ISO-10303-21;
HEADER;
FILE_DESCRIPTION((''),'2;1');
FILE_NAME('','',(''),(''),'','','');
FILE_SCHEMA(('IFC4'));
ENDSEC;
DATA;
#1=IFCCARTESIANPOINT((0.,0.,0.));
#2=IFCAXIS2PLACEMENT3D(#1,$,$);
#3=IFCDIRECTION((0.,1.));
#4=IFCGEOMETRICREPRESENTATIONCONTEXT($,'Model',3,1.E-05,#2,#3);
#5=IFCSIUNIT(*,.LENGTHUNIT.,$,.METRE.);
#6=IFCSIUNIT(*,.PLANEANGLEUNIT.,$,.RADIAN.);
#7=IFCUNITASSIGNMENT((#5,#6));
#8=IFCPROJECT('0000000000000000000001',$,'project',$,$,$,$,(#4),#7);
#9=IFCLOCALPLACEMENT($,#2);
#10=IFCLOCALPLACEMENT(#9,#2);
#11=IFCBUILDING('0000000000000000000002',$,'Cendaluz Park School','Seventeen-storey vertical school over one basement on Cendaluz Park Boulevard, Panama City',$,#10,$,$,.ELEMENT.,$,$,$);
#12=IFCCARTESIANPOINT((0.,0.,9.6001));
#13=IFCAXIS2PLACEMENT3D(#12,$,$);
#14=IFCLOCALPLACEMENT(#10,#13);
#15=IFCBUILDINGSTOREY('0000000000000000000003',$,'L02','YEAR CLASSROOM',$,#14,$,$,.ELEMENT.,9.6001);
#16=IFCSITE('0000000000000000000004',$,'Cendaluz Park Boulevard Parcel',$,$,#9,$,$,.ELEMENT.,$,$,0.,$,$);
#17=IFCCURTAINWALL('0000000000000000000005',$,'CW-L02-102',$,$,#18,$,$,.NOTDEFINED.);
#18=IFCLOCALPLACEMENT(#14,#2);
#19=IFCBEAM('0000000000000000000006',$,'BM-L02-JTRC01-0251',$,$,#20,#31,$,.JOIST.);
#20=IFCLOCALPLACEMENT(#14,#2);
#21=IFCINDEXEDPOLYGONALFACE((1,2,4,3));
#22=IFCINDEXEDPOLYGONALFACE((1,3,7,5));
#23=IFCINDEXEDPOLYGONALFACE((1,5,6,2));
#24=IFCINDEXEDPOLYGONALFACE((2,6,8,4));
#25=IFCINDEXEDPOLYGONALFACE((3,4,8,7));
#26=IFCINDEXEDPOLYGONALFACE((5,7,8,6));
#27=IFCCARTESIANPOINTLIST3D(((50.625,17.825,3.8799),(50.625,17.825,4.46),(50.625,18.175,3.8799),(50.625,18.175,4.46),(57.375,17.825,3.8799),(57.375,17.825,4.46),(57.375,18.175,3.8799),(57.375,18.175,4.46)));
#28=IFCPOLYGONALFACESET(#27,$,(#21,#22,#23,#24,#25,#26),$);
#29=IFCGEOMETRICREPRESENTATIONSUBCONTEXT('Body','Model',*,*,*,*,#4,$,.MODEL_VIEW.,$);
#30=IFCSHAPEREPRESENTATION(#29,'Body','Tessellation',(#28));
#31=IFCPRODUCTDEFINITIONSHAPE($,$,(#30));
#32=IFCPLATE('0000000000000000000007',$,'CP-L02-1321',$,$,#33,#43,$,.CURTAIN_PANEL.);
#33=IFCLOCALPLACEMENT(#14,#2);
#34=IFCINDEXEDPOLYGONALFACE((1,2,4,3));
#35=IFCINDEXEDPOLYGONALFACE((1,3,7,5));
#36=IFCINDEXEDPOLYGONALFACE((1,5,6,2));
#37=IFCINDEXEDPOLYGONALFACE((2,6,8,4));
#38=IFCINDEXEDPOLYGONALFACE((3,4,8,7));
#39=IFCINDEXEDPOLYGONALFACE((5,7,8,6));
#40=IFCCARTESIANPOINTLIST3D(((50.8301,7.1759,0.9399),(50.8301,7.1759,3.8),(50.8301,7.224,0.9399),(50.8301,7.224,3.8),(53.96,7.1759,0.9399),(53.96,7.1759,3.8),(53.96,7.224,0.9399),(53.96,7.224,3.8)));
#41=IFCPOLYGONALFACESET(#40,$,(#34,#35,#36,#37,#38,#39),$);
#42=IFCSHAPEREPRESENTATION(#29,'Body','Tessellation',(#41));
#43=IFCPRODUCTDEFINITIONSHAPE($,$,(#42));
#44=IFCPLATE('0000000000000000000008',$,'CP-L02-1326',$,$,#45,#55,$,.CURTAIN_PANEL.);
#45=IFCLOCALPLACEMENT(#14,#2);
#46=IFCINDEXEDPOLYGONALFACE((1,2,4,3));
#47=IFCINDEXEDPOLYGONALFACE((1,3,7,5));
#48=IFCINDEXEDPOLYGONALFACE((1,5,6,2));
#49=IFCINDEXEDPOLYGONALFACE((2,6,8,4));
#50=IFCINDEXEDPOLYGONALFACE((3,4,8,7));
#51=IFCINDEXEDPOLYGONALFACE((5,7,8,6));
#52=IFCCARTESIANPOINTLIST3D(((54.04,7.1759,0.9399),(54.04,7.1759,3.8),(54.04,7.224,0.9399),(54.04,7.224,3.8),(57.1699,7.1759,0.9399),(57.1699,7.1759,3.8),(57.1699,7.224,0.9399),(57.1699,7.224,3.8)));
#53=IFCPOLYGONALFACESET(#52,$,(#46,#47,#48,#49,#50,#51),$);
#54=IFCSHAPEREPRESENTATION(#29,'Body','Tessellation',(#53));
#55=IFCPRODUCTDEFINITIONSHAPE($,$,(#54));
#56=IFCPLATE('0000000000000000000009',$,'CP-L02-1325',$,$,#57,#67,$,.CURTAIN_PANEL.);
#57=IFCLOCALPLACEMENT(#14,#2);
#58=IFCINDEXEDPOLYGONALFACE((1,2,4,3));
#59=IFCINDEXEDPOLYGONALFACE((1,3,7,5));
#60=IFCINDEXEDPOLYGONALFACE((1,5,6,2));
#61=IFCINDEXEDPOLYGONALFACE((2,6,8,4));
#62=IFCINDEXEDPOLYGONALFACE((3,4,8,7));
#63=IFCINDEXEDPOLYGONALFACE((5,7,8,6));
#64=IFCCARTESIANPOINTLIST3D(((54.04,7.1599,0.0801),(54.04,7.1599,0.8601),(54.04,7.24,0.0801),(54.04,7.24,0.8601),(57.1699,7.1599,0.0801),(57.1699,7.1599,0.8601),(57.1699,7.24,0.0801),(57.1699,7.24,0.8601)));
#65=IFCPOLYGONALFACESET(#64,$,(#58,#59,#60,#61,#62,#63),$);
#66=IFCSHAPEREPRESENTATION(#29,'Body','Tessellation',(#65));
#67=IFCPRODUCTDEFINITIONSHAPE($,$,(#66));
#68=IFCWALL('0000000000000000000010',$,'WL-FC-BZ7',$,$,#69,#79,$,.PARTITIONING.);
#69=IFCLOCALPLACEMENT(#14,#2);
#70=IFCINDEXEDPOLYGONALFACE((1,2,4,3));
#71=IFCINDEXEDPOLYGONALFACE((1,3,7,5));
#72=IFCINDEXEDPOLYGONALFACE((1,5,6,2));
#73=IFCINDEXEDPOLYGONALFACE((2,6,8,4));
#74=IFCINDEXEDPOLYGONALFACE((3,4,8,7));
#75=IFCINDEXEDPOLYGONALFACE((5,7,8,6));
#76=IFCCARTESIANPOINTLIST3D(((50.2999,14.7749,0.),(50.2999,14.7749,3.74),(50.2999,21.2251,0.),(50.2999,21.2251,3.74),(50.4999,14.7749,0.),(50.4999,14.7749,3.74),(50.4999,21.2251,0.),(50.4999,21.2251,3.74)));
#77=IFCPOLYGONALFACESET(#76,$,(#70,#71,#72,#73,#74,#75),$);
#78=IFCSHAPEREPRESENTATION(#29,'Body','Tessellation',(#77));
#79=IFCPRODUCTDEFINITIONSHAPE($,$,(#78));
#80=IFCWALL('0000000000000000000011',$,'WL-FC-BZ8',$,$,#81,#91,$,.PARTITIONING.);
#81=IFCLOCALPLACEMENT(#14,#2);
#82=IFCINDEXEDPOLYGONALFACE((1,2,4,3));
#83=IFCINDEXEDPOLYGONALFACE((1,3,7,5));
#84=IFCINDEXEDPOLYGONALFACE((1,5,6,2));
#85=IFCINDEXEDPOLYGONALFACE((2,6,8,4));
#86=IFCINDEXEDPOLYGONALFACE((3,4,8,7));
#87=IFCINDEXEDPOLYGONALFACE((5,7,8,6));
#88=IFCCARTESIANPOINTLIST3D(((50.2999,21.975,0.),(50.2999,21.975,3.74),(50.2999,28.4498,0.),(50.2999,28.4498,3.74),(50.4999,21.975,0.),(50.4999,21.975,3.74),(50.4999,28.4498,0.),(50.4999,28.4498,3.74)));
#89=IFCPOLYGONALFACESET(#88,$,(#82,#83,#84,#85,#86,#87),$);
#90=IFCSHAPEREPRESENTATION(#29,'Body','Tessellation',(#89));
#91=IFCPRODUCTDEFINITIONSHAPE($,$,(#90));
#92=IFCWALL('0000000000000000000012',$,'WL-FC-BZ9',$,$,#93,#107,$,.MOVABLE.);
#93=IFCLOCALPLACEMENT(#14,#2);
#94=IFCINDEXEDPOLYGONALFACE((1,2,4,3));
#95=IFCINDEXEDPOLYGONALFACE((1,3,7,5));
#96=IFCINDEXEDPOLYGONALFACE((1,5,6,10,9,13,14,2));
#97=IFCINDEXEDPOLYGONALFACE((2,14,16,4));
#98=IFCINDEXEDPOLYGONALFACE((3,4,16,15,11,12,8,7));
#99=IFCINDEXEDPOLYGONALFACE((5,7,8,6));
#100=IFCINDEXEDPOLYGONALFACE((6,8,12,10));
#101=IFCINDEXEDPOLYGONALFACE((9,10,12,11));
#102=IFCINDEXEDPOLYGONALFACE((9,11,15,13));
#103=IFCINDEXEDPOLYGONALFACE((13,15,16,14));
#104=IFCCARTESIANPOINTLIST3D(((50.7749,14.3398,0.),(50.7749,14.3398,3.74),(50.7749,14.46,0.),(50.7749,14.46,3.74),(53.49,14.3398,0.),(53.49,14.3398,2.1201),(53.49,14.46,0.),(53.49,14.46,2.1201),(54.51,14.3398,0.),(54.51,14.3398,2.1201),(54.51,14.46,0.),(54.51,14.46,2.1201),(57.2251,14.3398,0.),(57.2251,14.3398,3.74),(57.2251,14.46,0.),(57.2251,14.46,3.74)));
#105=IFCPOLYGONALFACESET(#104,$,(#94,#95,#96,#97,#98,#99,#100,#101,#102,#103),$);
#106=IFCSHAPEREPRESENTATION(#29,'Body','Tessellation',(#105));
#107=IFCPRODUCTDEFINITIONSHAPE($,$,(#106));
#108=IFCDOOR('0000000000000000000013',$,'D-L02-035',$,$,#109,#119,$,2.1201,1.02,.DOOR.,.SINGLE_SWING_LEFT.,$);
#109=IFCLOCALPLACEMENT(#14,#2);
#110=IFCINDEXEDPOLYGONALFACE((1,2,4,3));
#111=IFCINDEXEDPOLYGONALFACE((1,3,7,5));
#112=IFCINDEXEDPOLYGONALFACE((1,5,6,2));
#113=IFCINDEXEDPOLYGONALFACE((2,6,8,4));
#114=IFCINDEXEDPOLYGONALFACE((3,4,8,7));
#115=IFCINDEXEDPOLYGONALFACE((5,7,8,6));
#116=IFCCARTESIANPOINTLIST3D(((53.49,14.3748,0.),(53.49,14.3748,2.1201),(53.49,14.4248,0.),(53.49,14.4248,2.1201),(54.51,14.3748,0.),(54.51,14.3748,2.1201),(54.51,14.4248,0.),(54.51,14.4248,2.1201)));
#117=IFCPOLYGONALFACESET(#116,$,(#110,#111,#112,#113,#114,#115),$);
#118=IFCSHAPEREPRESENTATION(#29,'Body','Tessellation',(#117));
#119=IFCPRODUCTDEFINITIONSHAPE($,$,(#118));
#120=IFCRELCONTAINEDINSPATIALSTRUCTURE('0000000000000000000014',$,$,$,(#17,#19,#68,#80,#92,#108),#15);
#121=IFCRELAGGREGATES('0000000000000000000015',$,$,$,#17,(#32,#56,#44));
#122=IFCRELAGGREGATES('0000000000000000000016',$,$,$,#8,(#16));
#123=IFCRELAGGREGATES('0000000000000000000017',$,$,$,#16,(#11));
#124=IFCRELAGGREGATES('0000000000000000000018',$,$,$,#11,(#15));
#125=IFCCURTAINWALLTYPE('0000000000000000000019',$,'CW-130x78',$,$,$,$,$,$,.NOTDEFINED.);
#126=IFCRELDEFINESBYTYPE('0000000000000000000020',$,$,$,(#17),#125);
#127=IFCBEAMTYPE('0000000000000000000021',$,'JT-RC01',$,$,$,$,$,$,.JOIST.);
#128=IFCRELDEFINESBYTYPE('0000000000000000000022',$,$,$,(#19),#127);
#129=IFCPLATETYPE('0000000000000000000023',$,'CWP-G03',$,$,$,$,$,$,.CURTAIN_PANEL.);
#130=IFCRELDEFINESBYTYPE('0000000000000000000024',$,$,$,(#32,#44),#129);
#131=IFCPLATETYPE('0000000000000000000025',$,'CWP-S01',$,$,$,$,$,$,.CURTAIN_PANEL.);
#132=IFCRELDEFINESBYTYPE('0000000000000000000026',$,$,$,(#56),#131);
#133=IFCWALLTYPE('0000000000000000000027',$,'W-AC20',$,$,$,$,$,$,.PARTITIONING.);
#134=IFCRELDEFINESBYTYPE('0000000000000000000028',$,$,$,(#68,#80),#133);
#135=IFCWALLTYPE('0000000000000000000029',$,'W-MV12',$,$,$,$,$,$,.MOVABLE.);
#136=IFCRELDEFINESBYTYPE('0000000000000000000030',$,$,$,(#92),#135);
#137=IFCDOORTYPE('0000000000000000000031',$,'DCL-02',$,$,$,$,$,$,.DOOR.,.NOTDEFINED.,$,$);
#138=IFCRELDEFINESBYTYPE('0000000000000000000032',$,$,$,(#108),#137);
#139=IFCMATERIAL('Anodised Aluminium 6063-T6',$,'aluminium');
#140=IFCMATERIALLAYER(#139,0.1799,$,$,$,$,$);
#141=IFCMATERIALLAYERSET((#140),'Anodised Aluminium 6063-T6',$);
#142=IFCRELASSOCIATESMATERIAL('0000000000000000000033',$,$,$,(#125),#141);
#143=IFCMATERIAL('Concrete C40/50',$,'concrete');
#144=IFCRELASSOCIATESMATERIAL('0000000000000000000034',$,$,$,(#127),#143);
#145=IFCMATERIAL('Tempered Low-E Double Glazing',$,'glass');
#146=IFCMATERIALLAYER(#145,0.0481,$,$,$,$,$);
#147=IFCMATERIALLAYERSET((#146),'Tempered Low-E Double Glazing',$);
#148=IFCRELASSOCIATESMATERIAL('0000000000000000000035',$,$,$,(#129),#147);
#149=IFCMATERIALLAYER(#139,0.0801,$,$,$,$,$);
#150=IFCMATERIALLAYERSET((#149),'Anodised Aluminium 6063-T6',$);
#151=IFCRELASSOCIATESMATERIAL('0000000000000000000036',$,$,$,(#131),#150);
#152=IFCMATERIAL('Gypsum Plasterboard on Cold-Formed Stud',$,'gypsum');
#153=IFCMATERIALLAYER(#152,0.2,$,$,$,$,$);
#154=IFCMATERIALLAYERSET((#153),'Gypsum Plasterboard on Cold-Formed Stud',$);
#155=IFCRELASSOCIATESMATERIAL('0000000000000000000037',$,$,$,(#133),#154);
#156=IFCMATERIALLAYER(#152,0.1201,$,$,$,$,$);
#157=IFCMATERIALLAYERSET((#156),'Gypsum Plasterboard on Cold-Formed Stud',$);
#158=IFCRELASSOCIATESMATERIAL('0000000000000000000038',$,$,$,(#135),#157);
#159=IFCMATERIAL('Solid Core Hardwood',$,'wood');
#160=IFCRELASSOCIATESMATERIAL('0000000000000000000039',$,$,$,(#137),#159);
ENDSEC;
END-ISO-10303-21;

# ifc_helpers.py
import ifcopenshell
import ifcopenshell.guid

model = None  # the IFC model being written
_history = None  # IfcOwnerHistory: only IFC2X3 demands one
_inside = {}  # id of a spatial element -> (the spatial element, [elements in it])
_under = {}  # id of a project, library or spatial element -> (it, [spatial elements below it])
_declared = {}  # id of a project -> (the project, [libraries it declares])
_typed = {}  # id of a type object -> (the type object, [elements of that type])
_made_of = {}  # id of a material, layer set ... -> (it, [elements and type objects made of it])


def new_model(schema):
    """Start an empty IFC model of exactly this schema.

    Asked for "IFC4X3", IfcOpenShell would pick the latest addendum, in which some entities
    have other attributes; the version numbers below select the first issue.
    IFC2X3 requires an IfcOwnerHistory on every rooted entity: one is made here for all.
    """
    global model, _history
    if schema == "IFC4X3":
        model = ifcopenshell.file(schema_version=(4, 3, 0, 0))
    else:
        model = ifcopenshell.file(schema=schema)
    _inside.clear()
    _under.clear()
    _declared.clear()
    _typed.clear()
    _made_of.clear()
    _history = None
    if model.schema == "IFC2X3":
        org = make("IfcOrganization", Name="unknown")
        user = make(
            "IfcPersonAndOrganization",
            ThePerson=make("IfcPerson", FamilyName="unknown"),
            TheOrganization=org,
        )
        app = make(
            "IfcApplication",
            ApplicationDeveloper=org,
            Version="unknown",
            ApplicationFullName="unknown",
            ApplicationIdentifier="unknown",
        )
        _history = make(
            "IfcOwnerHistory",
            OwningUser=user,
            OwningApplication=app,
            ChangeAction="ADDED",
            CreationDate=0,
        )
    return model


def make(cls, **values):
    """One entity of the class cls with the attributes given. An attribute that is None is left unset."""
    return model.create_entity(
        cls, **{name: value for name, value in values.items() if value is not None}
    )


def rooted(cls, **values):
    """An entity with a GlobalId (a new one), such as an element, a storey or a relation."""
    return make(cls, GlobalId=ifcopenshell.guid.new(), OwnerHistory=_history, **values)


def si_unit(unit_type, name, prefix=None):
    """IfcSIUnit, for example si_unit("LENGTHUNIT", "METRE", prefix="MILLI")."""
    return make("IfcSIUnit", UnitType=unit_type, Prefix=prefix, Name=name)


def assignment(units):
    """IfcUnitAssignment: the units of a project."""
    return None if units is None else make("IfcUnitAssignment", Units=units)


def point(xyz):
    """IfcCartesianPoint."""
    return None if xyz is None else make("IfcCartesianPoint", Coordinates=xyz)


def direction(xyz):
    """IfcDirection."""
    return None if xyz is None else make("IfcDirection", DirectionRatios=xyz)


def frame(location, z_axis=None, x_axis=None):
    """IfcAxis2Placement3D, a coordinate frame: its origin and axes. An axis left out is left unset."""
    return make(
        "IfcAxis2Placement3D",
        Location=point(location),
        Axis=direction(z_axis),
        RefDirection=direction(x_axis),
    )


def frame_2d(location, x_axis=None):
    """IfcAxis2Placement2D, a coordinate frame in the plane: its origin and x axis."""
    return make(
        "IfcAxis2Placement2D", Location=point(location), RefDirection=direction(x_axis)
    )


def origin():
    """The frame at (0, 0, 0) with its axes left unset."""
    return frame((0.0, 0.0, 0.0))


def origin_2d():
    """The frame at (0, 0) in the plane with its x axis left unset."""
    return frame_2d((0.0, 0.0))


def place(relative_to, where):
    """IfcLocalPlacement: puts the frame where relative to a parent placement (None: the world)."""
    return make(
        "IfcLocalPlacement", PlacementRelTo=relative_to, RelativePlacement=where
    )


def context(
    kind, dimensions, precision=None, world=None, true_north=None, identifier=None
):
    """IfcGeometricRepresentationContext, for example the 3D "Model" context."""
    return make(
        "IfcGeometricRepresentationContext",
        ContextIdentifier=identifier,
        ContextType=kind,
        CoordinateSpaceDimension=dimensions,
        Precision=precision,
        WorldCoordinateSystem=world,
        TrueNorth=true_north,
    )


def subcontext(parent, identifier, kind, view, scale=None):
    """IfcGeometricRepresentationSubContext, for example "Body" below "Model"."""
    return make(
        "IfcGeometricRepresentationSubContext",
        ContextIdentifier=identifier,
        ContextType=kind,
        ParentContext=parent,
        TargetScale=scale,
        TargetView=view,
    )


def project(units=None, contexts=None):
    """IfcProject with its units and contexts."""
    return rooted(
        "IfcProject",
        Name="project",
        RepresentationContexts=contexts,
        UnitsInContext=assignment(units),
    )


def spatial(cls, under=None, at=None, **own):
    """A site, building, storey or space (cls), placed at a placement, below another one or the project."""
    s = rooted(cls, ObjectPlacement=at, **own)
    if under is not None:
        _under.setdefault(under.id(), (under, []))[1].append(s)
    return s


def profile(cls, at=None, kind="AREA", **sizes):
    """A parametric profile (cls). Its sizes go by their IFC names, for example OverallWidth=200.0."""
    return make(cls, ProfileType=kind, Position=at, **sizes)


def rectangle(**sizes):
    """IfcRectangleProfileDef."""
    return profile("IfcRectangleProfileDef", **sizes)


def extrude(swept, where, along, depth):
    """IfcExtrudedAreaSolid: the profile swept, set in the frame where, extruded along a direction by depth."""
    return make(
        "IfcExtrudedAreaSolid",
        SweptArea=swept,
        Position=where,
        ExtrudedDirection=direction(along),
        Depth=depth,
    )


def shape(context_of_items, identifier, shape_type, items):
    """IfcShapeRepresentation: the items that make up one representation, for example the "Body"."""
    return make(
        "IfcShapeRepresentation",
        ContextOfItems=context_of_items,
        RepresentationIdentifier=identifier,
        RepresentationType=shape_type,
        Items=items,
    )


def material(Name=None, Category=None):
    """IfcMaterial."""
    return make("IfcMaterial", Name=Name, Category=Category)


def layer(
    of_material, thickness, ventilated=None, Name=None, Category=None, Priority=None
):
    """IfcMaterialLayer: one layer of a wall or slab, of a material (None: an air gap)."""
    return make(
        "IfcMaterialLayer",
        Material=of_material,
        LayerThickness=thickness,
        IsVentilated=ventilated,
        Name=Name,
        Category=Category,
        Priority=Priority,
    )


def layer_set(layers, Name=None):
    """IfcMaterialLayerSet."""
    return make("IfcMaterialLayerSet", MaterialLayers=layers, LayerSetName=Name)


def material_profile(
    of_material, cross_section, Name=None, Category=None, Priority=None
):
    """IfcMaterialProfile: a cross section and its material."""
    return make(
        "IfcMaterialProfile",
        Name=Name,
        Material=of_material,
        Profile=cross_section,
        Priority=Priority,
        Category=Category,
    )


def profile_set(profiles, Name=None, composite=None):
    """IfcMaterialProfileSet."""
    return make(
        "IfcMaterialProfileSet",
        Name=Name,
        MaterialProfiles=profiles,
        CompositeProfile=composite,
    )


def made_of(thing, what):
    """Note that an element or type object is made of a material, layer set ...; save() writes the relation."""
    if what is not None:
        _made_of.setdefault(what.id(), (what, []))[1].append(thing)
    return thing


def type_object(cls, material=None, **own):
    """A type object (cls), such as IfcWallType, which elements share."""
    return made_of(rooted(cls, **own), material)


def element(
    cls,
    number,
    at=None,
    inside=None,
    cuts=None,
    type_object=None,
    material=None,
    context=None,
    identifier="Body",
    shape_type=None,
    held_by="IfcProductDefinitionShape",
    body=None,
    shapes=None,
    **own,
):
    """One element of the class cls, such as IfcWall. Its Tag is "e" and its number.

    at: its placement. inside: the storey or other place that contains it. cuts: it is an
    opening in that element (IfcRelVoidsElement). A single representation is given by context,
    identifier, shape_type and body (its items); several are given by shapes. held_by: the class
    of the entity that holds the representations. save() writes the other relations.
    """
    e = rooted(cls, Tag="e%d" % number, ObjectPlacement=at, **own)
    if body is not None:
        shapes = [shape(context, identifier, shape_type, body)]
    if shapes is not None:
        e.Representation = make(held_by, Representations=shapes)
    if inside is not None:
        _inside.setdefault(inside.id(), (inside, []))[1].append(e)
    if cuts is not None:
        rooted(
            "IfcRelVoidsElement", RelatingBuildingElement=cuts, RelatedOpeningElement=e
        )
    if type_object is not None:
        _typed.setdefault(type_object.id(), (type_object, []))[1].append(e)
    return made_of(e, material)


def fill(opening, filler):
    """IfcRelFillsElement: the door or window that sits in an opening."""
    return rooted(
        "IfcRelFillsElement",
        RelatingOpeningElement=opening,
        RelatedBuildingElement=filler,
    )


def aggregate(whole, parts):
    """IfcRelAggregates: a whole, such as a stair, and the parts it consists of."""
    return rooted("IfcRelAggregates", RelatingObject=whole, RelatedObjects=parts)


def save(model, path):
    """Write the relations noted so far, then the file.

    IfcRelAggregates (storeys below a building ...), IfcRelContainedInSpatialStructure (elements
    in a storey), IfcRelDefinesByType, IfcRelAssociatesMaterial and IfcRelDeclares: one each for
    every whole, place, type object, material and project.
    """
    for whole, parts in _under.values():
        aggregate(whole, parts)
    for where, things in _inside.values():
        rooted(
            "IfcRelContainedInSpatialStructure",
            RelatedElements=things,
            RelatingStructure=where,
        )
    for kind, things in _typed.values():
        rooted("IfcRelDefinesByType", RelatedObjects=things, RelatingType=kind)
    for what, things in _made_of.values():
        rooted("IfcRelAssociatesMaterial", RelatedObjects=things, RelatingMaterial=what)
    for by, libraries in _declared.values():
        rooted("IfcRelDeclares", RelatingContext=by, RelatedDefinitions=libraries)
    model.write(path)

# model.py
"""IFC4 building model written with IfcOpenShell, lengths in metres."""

from ifc_helpers import new_model, si_unit, direction, frame, frame_2d, origin, origin_2d, place, context, subcontext, project, spatial, rectangle, extrude, material, layer, layer_set, material_profile, profile_set, type_object, element, fill, aggregate, save


model = new_model("IFC4")

# Units and contexts
model_context = context("Model", 3, precision=1e-05, world=origin(), true_north=direction((0.0, 1.0)))
body_context = subcontext(model_context, "Body", "Model", "MODEL_VIEW")
ifc_project = project(units=[si_unit("LENGTHUNIT", "METRE"), si_unit("PLANEANGLEUNIT", "RADIAN")], contexts=[model_context])

# Site, building, storey
site_placement = place(None, origin())
site = spatial("IfcSite", under=ifc_project, at=site_placement, Name="Cendaluz Park Boulevard Parcel", CompositionType="ELEMENT", RefElevation=0.0)
building_placement = place(site_placement, origin())
building = spatial("IfcBuilding", under=site, at=building_placement, Name="Cendaluz Park School", Description="Seventeen-storey vertical school over one basement on Cendaluz Park Boulevard, Panama City", CompositionType="ELEMENT")
storey_placement = place(building_placement, frame((0.0, 0.0, 9.6001)))
storey = spatial("IfcBuildingStorey", under=building, at=storey_placement, Name="L02", Description="YEAR CLASSROOM", CompositionType="ELEMENT", Elevation=9.6001)

# Shared definitions
ifc_material_1 = material(Name="Concrete C40/50", Category="concrete")

# Curtain wall
ifc_material_2 = material(Name="Anodised Aluminium 6063-T6", Category="aluminium")
ifc_layer_1 = layer(ifc_material_2, 0.1799)
ifc_layer_set_1 = layer_set([ifc_layer_1], Name="Anodised Aluminium 6063-T6")
curtain_wall_type = type_object("IfcCurtainWallType", Name="CW-130x78", PredefinedType="NOTDEFINED", material=ifc_layer_set_1)
curtain_wall_placement = place(storey_placement, origin())
curtain_wall = element("IfcCurtainWall", 1, at=curtain_wall_placement, inside=storey, type_object=curtain_wall_type, Name="CW-L02-102", PredefinedType="NOTDEFINED")

# Beam
ifc_material_profile_1 = material_profile(ifc_material_1, rectangle(XDim=0.3501, YDim=0.5801, at=origin_2d()), Name="RC 350x580", Category="concrete")
ifc_profile_set_1 = profile_set([ifc_material_profile_1], Name="Concrete C40/50")
beam_type_1 = type_object("IfcBeamType", Name="JT-RC01", PredefinedType="JOIST", material=ifc_profile_set_1)
beam_1_placement = place(storey_placement, frame((50.625, 18.0, 4.1699), z_axis=(1.0, 0.0, 0.0), x_axis=(0.0, 1.0, 0.0)))
element("IfcBeam", 2, at=beam_1_placement, inside=storey, type_object=beam_type_1, Name="BM-L02-JTRC01-0251", PredefinedType="JOIST", context=body_context, shape_type="SweptSolid", body=[
    extrude(rectangle(XDim=0.3501, YDim=0.5801, at=origin_2d()), origin(), (0.0, 0.0, 1.0), 6.75),
])

# Plates
ifc_material_3 = material(Name="Tempered Low-E Double Glazing", Category="glass")
ifc_layer_2 = layer(ifc_material_3, 0.0481)
ifc_layer_set_2 = layer_set([ifc_layer_2], Name="Tempered Low-E Double Glazing")
plate_type_1 = type_object("IfcPlateType", Name="CWP-G03", PredefinedType="CURTAIN_PANEL", material=ifc_layer_set_2)
plate_1_placement = place(storey_placement, frame((52.395, 7.2, 0.9399), z_axis=(0.0, 0.0, 1.0), x_axis=(1.0, 0.0, 0.0)))
plate_1 = element("IfcPlate", 3, at=plate_1_placement, type_object=plate_type_1, Name="CP-L02-1321", PredefinedType="CURTAIN_PANEL", context=body_context, shape_type="SweptSolid", body=[
    extrude(rectangle(XDim=3.1299, YDim=0.0481, at=origin_2d()), origin(), (0.0, 0.0, 1.0), 2.8601),
])
plate_2_placement = place(storey_placement, frame((55.605, 7.2, 0.9399), z_axis=(0.0, 0.0, 1.0), x_axis=(1.0, 0.0, 0.0)))
plate_2 = element("IfcPlate", 4, at=plate_2_placement, type_object=plate_type_1, Name="CP-L02-1326", PredefinedType="CURTAIN_PANEL", context=body_context, shape_type="SweptSolid", body=[
    extrude(rectangle(XDim=3.1299, YDim=0.0481, at=origin_2d()), origin(), (0.0, 0.0, 1.0), 2.8601),
])
ifc_layer_3 = layer(ifc_material_2, 0.0801)
ifc_layer_set_3 = layer_set([ifc_layer_3], Name="Anodised Aluminium 6063-T6")
plate_type_2 = type_object("IfcPlateType", Name="CWP-S01", PredefinedType="CURTAIN_PANEL", material=ifc_layer_set_3)
plate_3_placement = place(storey_placement, frame((55.605, 7.2, 0.0801), z_axis=(0.0, 0.0, 1.0), x_axis=(1.0, 0.0, 0.0)))
plate_3 = element("IfcPlate", 5, at=plate_3_placement, type_object=plate_type_2, Name="CP-L02-1325", PredefinedType="CURTAIN_PANEL", context=body_context, shape_type="SweptSolid", body=[
    extrude(rectangle(XDim=3.1299, YDim=0.0801, at=origin_2d()), origin(), (0.0, 0.0, 1.0), 0.78),
])
aggregate(curtain_wall, [plate_1, plate_3, plate_2])

# Walls
ifc_material_4 = material(Name="Gypsum Plasterboard on Cold-Formed Stud", Category="gypsum")
ifc_layer_4 = layer(ifc_material_4, 0.2)
ifc_layer_set_4 = layer_set([ifc_layer_4], Name="Gypsum Plasterboard on Cold-Formed Stud")
wall_type_1 = type_object("IfcWallType", Name="W-AC20", PredefinedType="PARTITIONING", material=ifc_layer_set_4)
wall_1_placement = place(storey_placement, frame((50.3999, 14.7749, 0.0), z_axis=(0.0, 0.0, 1.0), x_axis=(0.0, 1.0, 0.0)))
element("IfcWall", 6, at=wall_1_placement, inside=storey, type_object=wall_type_1, Name="WL-FC-BZ7", PredefinedType="PARTITIONING", context=body_context, shape_type="SweptSolid", body=[
    extrude(rectangle(XDim=6.4502, YDim=0.2, at=frame_2d((3.2251, 0.0))), origin(), (0.0, 0.0, 1.0), 3.74),
])
wall_2_placement = place(storey_placement, frame((50.3999, 21.9751, 0.0), z_axis=(0.0, 0.0, 1.0), x_axis=(0.0, 1.0, 0.0)))
element("IfcWall", 7, at=wall_2_placement, inside=storey, type_object=wall_type_1, Name="WL-FC-BZ8", PredefinedType="PARTITIONING", context=body_context, shape_type="SweptSolid", body=[
    extrude(rectangle(XDim=6.4749, YDim=0.2, at=frame_2d((3.2373, 0.0))), origin(), (0.0, 0.0, 1.0), 3.74),
])

# Wall, opening, door
ifc_layer_5 = layer(ifc_material_4, 0.1201)
ifc_layer_set_5 = layer_set([ifc_layer_5], Name="Gypsum Plasterboard on Cold-Formed Stud")
wall_type_2 = type_object("IfcWallType", Name="W-MV12", PredefinedType="MOVABLE", material=ifc_layer_set_5)
wall_3_placement = place(storey_placement, frame((50.7749, 14.3999, 0.0), z_axis=(0.0, 0.0, 1.0), x_axis=(1.0, 0.0, 0.0)))
wall_3 = element("IfcWall", 8, at=wall_3_placement, inside=storey, type_object=wall_type_2, Name="WL-FC-BZ9", PredefinedType="MOVABLE", context=body_context, shape_type="SweptSolid", body=[
    extrude(rectangle(XDim=6.4502, YDim=0.1201, at=frame_2d((3.2251, 0.0))), origin(), (0.0, 0.0, 1.0), 3.74),
])
opening_placement = place(wall_3_placement, frame((2.7151, 0.0, 0.0)))
opening = element("IfcOpeningElement", 9, at=opening_placement, cuts=wall_3, PredefinedType="OPENING", context=body_context, shape_type="SweptSolid", body=[
    extrude(rectangle(XDim=1.02, YDim=2.1201, at=frame_2d((0.51, 1.0601))), frame((0.0, 0.072, 0.0), z_axis=(0.0, -1.0, 0.0), x_axis=(1.0, 0.0, 0.0)), (0.0, 0.0, 1.0), 0.144),
])
ifc_material_5 = material(Name="Solid Core Hardwood", Category="wood")
door_type = type_object("IfcDoorType", Name="DCL-02", OperationType="NOTDEFINED", PredefinedType="DOOR", material=ifc_material_5)
door_placement = place(opening_placement, origin())
door = element("IfcDoor", 10, at=door_placement, inside=storey, type_object=door_type, Name="D-L02-035", OperationType="SINGLE_SWING_LEFT", OverallHeight=2.1201, OverallWidth=1.02, PredefinedType="DOOR", context=body_context, shape_type="SweptSolid", body=[
    extrude(rectangle(XDim=1.02, YDim=2.1201, at=frame_2d((0.51, 1.0601))), frame((0.0, 0.0249, 0.0), z_axis=(0.0, -1.0, 0.0), x_axis=(1.0, 0.0, 0.0)), (0.0, 0.0, 1.0), 0.05),
])
fill(opening, door)

save(model, "model.ifc")
